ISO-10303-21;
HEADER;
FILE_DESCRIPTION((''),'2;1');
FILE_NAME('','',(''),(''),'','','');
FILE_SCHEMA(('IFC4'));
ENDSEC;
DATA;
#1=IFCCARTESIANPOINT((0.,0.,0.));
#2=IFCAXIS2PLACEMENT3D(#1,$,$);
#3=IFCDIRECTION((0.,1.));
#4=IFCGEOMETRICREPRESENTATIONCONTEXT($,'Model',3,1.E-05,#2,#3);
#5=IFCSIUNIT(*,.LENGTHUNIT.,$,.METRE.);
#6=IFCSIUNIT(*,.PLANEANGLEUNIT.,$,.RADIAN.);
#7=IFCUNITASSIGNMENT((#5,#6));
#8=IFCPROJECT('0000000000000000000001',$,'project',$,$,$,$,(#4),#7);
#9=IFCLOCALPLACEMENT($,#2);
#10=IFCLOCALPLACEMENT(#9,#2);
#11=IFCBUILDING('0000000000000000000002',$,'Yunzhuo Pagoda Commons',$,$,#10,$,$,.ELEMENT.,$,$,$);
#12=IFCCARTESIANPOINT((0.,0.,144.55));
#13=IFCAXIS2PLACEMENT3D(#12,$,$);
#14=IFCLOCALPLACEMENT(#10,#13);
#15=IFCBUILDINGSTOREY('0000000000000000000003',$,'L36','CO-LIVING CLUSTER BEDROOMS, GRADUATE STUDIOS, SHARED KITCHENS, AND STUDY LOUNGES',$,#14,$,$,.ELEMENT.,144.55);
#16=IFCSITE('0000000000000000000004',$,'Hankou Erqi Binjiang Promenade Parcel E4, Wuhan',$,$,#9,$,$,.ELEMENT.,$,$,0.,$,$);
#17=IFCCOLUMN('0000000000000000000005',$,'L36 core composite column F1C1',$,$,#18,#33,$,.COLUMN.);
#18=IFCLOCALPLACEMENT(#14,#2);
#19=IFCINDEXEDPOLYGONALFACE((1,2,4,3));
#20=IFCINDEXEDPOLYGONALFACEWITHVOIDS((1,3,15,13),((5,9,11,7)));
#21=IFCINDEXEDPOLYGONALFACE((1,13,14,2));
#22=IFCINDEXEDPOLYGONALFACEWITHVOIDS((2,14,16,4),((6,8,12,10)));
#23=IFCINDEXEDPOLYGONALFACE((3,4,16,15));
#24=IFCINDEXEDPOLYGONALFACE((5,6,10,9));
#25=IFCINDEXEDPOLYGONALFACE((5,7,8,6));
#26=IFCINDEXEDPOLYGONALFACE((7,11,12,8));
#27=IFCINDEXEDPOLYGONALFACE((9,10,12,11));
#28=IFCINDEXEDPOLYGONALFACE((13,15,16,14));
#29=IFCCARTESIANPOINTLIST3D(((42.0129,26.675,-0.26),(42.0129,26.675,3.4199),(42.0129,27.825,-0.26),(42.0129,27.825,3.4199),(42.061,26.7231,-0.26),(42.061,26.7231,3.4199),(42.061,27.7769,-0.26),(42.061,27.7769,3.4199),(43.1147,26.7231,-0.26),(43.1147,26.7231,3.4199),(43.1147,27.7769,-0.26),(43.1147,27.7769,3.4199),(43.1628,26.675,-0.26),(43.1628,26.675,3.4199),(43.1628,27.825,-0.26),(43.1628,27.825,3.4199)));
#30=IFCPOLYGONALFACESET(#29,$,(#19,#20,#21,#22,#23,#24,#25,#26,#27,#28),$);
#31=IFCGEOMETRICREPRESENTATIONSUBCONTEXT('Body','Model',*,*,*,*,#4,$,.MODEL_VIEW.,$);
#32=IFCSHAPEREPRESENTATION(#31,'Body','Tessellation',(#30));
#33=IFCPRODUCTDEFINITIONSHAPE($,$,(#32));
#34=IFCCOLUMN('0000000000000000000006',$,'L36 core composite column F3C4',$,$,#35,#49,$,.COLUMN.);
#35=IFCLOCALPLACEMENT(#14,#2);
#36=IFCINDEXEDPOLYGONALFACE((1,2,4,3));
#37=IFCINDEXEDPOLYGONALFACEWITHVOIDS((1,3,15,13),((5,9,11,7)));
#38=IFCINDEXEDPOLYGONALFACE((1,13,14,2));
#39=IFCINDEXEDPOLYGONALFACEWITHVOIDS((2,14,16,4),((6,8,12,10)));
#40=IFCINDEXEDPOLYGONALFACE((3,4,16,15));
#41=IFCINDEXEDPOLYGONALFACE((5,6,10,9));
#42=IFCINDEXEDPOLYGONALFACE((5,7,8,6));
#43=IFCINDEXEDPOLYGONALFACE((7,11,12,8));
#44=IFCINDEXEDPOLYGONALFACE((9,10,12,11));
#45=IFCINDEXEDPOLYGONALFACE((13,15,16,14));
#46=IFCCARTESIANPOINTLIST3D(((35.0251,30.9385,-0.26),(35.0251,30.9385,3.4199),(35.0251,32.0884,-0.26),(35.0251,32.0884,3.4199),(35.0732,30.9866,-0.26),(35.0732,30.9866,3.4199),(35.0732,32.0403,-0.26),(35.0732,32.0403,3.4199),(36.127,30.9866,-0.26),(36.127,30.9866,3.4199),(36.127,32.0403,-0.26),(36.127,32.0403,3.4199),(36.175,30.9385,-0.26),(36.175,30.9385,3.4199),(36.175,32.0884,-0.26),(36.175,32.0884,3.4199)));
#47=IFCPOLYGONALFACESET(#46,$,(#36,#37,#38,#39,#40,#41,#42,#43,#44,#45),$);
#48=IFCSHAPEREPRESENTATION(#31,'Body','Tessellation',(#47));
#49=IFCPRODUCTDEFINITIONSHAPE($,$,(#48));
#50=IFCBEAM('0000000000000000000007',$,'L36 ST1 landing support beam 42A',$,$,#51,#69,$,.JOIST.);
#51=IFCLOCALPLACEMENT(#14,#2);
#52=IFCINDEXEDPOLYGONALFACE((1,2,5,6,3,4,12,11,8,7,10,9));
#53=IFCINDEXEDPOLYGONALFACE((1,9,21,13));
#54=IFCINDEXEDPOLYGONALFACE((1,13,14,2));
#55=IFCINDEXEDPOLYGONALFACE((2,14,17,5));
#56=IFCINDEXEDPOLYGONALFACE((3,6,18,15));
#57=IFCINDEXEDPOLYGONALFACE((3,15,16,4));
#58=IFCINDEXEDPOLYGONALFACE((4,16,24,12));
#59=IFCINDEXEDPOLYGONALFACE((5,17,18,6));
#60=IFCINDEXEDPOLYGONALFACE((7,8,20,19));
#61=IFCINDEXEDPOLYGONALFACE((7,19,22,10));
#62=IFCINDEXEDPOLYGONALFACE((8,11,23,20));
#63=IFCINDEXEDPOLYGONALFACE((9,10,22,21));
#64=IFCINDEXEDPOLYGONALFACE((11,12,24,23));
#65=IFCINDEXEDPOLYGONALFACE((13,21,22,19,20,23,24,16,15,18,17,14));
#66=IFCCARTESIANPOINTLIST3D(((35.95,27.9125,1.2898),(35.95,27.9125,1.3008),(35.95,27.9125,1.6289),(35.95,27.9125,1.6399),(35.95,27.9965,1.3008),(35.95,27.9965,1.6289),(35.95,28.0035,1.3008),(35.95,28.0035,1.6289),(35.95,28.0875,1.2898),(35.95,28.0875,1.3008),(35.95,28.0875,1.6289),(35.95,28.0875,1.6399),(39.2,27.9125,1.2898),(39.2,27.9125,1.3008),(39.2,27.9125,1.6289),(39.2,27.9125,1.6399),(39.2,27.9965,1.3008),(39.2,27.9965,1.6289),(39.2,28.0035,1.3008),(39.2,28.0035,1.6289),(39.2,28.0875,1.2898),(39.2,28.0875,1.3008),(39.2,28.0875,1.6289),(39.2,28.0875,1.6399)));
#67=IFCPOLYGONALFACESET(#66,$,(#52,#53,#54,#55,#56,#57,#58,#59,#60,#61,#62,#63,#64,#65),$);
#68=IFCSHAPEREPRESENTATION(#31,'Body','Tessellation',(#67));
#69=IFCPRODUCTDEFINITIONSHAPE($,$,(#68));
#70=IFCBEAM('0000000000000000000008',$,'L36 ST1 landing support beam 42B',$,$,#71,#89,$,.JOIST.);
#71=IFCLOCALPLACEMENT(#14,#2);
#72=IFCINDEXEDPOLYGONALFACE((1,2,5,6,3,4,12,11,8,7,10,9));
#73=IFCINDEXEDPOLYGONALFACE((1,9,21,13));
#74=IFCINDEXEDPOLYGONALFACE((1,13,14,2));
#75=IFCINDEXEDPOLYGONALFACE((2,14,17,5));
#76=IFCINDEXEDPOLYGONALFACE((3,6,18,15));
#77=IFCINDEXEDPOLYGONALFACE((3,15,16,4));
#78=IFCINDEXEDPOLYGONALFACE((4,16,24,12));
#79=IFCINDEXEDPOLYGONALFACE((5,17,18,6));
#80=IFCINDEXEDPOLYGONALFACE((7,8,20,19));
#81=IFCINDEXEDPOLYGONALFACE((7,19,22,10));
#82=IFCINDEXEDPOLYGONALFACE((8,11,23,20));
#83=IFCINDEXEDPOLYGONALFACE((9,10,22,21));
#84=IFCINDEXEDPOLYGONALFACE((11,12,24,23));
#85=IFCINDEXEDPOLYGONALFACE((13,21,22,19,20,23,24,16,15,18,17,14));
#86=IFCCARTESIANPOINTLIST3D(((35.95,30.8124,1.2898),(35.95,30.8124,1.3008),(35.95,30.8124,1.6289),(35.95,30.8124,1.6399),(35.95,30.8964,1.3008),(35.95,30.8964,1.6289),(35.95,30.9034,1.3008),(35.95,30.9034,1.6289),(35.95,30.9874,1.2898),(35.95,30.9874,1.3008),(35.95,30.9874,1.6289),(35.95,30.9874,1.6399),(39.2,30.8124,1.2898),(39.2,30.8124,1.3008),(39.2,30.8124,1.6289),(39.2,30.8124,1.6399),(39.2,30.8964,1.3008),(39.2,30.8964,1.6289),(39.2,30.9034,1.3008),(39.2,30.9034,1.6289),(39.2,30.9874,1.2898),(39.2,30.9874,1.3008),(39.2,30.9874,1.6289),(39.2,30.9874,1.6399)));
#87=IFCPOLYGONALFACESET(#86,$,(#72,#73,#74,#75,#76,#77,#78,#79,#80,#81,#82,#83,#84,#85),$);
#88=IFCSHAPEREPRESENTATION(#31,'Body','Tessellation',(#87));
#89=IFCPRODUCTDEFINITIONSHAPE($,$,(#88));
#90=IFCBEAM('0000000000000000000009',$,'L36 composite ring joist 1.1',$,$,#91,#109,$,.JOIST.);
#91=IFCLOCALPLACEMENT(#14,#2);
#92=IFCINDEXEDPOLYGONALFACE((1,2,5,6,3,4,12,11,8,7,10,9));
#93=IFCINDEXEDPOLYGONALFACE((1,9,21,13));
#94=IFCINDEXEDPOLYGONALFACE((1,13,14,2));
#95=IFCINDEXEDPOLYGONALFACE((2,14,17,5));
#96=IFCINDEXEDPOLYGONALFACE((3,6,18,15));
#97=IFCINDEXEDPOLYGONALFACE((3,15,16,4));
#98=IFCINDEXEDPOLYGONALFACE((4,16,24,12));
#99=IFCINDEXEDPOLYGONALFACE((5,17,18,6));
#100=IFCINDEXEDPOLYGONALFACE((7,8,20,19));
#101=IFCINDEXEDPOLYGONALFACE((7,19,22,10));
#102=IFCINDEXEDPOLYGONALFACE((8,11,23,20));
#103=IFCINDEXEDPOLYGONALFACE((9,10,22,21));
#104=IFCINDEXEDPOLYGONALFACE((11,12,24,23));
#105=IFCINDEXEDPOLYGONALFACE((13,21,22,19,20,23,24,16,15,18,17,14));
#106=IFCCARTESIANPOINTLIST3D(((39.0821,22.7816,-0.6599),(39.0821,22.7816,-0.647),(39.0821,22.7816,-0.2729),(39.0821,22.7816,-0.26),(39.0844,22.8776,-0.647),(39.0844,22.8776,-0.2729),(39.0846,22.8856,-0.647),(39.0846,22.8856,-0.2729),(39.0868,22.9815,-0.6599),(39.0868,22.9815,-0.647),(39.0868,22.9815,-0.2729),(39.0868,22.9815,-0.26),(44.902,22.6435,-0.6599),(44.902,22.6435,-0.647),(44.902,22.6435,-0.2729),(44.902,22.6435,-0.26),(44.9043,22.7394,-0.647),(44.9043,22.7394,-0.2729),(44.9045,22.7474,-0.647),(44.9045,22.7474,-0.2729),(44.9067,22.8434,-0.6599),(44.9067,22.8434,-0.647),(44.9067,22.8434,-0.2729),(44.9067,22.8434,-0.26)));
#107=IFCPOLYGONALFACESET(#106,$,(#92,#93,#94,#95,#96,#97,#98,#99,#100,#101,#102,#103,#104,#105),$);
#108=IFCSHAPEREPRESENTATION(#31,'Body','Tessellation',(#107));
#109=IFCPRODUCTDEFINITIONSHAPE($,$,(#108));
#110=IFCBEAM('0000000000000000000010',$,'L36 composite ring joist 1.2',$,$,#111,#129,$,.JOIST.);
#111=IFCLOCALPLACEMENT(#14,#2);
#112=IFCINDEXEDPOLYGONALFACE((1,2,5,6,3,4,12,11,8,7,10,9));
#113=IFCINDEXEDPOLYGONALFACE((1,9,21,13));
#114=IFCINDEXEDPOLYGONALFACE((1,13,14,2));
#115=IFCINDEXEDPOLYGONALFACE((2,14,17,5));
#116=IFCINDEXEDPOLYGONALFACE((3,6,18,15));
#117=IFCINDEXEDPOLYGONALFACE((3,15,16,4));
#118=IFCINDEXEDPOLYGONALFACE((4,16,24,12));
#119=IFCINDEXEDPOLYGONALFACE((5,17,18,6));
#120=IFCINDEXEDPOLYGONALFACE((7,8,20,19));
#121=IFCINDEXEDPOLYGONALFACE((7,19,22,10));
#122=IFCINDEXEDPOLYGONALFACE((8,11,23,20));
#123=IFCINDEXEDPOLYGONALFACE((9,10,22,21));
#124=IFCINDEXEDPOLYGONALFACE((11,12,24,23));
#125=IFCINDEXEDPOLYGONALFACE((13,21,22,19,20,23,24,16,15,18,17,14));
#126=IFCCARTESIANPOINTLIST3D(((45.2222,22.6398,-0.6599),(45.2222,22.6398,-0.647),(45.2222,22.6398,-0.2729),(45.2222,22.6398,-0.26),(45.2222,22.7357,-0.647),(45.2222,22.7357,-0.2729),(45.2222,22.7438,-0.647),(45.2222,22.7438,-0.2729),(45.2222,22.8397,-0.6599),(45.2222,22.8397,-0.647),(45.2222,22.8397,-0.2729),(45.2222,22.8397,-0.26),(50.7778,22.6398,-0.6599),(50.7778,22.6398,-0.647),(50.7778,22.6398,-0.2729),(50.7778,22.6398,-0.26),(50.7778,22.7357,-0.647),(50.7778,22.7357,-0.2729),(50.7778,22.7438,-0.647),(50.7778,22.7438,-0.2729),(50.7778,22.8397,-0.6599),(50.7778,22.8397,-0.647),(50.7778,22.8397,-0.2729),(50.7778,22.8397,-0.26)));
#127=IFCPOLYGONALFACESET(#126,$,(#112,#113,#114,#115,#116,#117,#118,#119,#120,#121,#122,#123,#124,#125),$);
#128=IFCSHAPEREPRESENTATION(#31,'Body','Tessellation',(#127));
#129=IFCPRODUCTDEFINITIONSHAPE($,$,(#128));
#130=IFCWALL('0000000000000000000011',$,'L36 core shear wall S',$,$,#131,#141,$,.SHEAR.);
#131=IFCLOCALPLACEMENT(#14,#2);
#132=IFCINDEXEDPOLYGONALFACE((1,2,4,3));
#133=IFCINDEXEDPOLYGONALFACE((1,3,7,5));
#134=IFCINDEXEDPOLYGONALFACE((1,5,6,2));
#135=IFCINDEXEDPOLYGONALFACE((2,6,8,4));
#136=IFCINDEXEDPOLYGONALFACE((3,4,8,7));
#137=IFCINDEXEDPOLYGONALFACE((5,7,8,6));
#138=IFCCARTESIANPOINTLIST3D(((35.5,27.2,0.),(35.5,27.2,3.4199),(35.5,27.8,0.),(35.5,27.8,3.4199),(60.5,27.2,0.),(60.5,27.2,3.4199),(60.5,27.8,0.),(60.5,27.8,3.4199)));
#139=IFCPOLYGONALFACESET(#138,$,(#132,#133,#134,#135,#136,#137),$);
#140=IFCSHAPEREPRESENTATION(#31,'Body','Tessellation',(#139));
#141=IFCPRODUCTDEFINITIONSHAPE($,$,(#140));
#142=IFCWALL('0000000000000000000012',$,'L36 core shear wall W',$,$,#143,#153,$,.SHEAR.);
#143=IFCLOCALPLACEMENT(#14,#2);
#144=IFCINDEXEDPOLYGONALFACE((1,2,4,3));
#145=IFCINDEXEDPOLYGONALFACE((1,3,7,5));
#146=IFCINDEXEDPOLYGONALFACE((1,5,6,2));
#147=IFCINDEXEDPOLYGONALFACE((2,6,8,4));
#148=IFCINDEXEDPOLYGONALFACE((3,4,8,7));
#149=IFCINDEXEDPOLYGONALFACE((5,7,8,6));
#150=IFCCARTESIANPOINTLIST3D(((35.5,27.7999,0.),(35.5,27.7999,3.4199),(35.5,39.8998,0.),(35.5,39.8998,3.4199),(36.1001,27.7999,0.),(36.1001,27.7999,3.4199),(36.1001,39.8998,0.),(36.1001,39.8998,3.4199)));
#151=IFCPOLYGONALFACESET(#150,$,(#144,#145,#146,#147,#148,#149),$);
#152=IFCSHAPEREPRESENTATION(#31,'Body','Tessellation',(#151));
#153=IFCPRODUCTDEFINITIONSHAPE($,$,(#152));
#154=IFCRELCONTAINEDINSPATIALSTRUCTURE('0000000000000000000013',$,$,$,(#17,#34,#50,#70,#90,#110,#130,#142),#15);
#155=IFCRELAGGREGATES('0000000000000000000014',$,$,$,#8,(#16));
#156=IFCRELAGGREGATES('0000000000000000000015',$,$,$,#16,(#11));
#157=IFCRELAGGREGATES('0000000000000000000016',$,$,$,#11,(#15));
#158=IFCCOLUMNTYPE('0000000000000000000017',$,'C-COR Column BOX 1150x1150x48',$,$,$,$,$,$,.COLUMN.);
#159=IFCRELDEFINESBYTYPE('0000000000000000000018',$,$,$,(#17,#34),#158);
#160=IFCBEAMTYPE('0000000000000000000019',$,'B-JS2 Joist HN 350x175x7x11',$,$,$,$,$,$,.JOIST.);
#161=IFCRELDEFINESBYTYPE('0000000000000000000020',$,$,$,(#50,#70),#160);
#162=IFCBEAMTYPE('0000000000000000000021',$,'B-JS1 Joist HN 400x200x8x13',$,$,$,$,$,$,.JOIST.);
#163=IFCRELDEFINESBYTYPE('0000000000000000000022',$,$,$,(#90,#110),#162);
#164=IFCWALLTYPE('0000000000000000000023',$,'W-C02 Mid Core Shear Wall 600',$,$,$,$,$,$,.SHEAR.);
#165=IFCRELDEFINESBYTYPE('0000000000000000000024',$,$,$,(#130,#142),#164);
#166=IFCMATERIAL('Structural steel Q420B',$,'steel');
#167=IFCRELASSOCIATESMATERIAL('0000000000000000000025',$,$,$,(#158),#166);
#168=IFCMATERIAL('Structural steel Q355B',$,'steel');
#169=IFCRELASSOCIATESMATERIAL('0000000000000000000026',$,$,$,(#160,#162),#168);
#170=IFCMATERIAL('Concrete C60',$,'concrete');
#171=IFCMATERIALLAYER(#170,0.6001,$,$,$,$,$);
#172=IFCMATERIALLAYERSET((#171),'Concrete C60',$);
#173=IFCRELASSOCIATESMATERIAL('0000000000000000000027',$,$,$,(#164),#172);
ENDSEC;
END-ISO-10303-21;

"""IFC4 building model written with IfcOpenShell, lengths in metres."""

from ifc_helpers import new_model, si_unit, direction, frame, frame_2d, origin, origin_2d, place, context, subcontext, project, spatial, rectangle, hollow_rectangle, i_section, extrude, source, transform, mapped, material, layer, layer_set, material_profile, profile_set, type_object, element, save


model = new_model("IFC4")

# Units and contexts
model_context = context("Model", 3, precision=1e-05, world=origin(), true_north=direction((0.0, 1.0)))
body_context = subcontext(model_context, "Body", "Model", "MODEL_VIEW")
ifc_project = project(units=[si_unit("LENGTHUNIT", "METRE"), si_unit("PLANEANGLEUNIT", "RADIAN")], contexts=[model_context])

# Site, building, storey
site_placement = place(None, origin())
site = spatial("IfcSite", under=ifc_project, at=site_placement, Name="Hankou Erqi Binjiang Promenade Parcel E4, Wuhan", CompositionType="ELEMENT", RefElevation=0.0)
building_placement = place(site_placement, origin())
building = spatial("IfcBuilding", under=site, at=building_placement, Name="Yunzhuo Pagoda Commons", CompositionType="ELEMENT")
storey_placement = place(building_placement, frame((0.0, 0.0, 144.55)))
storey = spatial("IfcBuildingStorey", under=building, at=storey_placement, Name="L36", Description="CO-LIVING CLUSTER BEDROOMS, GRADUATE STUDIOS, SHARED KITCHENS, AND STUDY LOUNGES", CompositionType="ELEMENT", Elevation=144.55)

# Columns
ifc_material_1 = material(Name="Structural steel Q420B", Category="steel")
ifc_material_profile_1 = material_profile(ifc_material_1, hollow_rectangle(XDim=1.1499, YDim=1.1499, WallThickness=0.0481, at=origin_2d()), Name="Structural steel Q420B")
ifc_profile_set_1 = profile_set([ifc_material_profile_1], Name="Structural steel Q420B")
column_type = type_object("IfcColumnType", Name="C-COR Column BOX 1150x1150x48", PredefinedType="COLUMN", material=ifc_profile_set_1)
shared_shape_1 = source(origin(), body_context, "Body", "SweptSolid", [
    extrude(hollow_rectangle(XDim=1.1499, YDim=1.1499, WallThickness=0.0481, at=origin_2d()), origin(), (0.0, 0.0, 1.0), 3.6799),
])
for number, where, z_axis, x_axis, name in (
    (1, (42.5879, 27.25, -0.26), (0.0, 0.0, 1.0), (1.0, 0.0, 0.0), "L36 core composite column F1C1"),
    (2, (35.6001, 31.5134, -0.26), (0.0, 0.0, 1.0), (1.0, 0.0, 0.0), "L36 core composite column F3C4"),
):
    element("IfcColumn", number, at=place(storey_placement, frame(where, z_axis=z_axis, x_axis=x_axis)), inside=storey, type_object=column_type, Name=name, PredefinedType="COLUMN", context=body_context, shape_type="MappedRepresentation", body=[
        mapped(shared_shape_1, transform((0.0, 0.0, 0.0), scale=1.0)),
    ])

# Beams
ifc_material_2 = material(Name="Structural steel Q355B", Category="steel")
ifc_material_profile_2 = material_profile(ifc_material_2, i_section(OverallWidth=0.175, OverallDepth=0.3501, WebThickness=0.0071, FlangeThickness=0.011, at=origin_2d()), Name="Structural steel Q355B")
ifc_profile_set_2 = profile_set([ifc_material_profile_2], Name="Structural steel Q355B")
beam_type_1 = type_object("IfcBeamType", Name="B-JS2 Joist HN 350x175x7x11", PredefinedType="JOIST", material=ifc_profile_set_2)
shared_shape_2 = source(origin(), body_context, "Body", "SweptSolid", [
    extrude(i_section(OverallWidth=0.175, OverallDepth=0.3501, WebThickness=0.0071, FlangeThickness=0.011, at=origin_2d()), origin(), (0.0, 0.0, 1.0), 3.25),
])
for number, where, z_axis, x_axis, name in (
    (3, (35.95, 28.0, 1.4648), (1.0, 0.0, 0.0), (0.0, 1.0, 0.0), "L36 ST1 landing support beam 42A"),
    (4, (35.95, 30.8999, 1.4648), (1.0, 0.0, 0.0), (0.0, 1.0, 0.0), "L36 ST1 landing support beam 42B"),
):
    element("IfcBeam", number, at=place(storey_placement, frame(where, z_axis=z_axis, x_axis=x_axis)), inside=storey, type_object=beam_type_1, Name=name, PredefinedType="JOIST", context=body_context, shape_type="MappedRepresentation", body=[
        mapped(shared_shape_2, transform((0.0, 0.0, 0.0), scale=1.0)),
    ])
ifc_material_profile_3 = material_profile(ifc_material_2, i_section(OverallWidth=0.2, OverallDepth=0.3999, WebThickness=0.0081, FlangeThickness=0.0129, at=origin_2d()), Name="Structural steel Q355B")
ifc_profile_set_3 = profile_set([ifc_material_profile_3], Name="Structural steel Q355B")
beam_type_2 = type_object("IfcBeamType", Name="B-JS1 Joist HN 400x200x8x13", PredefinedType="JOIST", material=ifc_profile_set_3)
shared_shape_3 = source(origin(), body_context, "Body", "SweptSolid", [
    extrude(i_section(OverallWidth=0.2, OverallDepth=0.3999, WebThickness=0.0081, FlangeThickness=0.0129, at=origin_2d()), origin(), (0.0, 0.0, 1.0), 5.8215),
])
beam_1_placement = place(storey_placement, frame((39.0845, 22.8816, -0.46), z_axis=(0.999718, -0.023737, 0.0), x_axis=(0.023737, 0.999718, 0.0)))
element("IfcBeam", 5, at=beam_1_placement, inside=storey, type_object=beam_type_2, Name="L36 composite ring joist 1.1", PredefinedType="JOIST", context=body_context, shape_type="MappedRepresentation", body=[
    mapped(shared_shape_3, transform((0.0, 0.0, 0.0), scale=1.0)),
])
shared_shape_4 = source(origin(), body_context, "Body", "SweptSolid", [
    extrude(i_section(OverallWidth=0.2, OverallDepth=0.3999, WebThickness=0.0081, FlangeThickness=0.0129, at=origin_2d()), origin(), (0.0, 0.0, 1.0), 5.5557),
])
beam_2_placement = place(storey_placement, frame((45.2222, 22.7397, -0.46), z_axis=(1.0, 0.0, 0.0), x_axis=(0.0, 1.0, 0.0)))
element("IfcBeam", 6, at=beam_2_placement, inside=storey, type_object=beam_type_2, Name="L36 composite ring joist 1.2", PredefinedType="JOIST", context=body_context, shape_type="MappedRepresentation", body=[
    mapped(shared_shape_4, transform((0.0, 0.0, 0.0), scale=1.0)),
])

# Walls
ifc_material_3 = material(Name="Concrete C60", Category="concrete")
ifc_layer_1 = layer(ifc_material_3, 0.6001)
ifc_layer_set_1 = layer_set([ifc_layer_1], Name="Concrete C60")
wall_type_1 = type_object("IfcWallType", Name="W-C02 Mid Core Shear Wall 600", PredefinedType="SHEAR", material=ifc_layer_set_1)
wall_1_placement = place(storey_placement, frame((35.5, 27.5, 0.0), z_axis=(0.0, 0.0, 1.0), x_axis=(1.0, 0.0, 0.0)))
element("IfcWall", 7, at=wall_1_placement, inside=storey, type_object=wall_type_1, Name="L36 core shear wall S", PredefinedType="SHEAR", context=body_context, shape_type="SweptSolid", body=[
    extrude(rectangle(XDim=25.0, YDim=0.6001, at=frame_2d((12.5, 0.0))), origin(), (0.0, 0.0, 1.0), 3.4199),
])
wall_2_placement = place(storey_placement, frame((35.8, 27.8, 0.0), z_axis=(0.0, 0.0, 1.0), x_axis=(0.0, 1.0, 0.0)))
element("IfcWall", 8, at=wall_2_placement, inside=storey, type_object=wall_type_1, Name="L36 core shear wall W", PredefinedType="SHEAR", context=body_context, shape_type="SweptSolid", body=[
    extrude(rectangle(XDim=12.0999, YDim=0.6001, at=frame_2d((6.0498, 0.0))), origin(), (0.0, 0.0, 1.0), 3.4199),
])

save(model, "model.ifc")
